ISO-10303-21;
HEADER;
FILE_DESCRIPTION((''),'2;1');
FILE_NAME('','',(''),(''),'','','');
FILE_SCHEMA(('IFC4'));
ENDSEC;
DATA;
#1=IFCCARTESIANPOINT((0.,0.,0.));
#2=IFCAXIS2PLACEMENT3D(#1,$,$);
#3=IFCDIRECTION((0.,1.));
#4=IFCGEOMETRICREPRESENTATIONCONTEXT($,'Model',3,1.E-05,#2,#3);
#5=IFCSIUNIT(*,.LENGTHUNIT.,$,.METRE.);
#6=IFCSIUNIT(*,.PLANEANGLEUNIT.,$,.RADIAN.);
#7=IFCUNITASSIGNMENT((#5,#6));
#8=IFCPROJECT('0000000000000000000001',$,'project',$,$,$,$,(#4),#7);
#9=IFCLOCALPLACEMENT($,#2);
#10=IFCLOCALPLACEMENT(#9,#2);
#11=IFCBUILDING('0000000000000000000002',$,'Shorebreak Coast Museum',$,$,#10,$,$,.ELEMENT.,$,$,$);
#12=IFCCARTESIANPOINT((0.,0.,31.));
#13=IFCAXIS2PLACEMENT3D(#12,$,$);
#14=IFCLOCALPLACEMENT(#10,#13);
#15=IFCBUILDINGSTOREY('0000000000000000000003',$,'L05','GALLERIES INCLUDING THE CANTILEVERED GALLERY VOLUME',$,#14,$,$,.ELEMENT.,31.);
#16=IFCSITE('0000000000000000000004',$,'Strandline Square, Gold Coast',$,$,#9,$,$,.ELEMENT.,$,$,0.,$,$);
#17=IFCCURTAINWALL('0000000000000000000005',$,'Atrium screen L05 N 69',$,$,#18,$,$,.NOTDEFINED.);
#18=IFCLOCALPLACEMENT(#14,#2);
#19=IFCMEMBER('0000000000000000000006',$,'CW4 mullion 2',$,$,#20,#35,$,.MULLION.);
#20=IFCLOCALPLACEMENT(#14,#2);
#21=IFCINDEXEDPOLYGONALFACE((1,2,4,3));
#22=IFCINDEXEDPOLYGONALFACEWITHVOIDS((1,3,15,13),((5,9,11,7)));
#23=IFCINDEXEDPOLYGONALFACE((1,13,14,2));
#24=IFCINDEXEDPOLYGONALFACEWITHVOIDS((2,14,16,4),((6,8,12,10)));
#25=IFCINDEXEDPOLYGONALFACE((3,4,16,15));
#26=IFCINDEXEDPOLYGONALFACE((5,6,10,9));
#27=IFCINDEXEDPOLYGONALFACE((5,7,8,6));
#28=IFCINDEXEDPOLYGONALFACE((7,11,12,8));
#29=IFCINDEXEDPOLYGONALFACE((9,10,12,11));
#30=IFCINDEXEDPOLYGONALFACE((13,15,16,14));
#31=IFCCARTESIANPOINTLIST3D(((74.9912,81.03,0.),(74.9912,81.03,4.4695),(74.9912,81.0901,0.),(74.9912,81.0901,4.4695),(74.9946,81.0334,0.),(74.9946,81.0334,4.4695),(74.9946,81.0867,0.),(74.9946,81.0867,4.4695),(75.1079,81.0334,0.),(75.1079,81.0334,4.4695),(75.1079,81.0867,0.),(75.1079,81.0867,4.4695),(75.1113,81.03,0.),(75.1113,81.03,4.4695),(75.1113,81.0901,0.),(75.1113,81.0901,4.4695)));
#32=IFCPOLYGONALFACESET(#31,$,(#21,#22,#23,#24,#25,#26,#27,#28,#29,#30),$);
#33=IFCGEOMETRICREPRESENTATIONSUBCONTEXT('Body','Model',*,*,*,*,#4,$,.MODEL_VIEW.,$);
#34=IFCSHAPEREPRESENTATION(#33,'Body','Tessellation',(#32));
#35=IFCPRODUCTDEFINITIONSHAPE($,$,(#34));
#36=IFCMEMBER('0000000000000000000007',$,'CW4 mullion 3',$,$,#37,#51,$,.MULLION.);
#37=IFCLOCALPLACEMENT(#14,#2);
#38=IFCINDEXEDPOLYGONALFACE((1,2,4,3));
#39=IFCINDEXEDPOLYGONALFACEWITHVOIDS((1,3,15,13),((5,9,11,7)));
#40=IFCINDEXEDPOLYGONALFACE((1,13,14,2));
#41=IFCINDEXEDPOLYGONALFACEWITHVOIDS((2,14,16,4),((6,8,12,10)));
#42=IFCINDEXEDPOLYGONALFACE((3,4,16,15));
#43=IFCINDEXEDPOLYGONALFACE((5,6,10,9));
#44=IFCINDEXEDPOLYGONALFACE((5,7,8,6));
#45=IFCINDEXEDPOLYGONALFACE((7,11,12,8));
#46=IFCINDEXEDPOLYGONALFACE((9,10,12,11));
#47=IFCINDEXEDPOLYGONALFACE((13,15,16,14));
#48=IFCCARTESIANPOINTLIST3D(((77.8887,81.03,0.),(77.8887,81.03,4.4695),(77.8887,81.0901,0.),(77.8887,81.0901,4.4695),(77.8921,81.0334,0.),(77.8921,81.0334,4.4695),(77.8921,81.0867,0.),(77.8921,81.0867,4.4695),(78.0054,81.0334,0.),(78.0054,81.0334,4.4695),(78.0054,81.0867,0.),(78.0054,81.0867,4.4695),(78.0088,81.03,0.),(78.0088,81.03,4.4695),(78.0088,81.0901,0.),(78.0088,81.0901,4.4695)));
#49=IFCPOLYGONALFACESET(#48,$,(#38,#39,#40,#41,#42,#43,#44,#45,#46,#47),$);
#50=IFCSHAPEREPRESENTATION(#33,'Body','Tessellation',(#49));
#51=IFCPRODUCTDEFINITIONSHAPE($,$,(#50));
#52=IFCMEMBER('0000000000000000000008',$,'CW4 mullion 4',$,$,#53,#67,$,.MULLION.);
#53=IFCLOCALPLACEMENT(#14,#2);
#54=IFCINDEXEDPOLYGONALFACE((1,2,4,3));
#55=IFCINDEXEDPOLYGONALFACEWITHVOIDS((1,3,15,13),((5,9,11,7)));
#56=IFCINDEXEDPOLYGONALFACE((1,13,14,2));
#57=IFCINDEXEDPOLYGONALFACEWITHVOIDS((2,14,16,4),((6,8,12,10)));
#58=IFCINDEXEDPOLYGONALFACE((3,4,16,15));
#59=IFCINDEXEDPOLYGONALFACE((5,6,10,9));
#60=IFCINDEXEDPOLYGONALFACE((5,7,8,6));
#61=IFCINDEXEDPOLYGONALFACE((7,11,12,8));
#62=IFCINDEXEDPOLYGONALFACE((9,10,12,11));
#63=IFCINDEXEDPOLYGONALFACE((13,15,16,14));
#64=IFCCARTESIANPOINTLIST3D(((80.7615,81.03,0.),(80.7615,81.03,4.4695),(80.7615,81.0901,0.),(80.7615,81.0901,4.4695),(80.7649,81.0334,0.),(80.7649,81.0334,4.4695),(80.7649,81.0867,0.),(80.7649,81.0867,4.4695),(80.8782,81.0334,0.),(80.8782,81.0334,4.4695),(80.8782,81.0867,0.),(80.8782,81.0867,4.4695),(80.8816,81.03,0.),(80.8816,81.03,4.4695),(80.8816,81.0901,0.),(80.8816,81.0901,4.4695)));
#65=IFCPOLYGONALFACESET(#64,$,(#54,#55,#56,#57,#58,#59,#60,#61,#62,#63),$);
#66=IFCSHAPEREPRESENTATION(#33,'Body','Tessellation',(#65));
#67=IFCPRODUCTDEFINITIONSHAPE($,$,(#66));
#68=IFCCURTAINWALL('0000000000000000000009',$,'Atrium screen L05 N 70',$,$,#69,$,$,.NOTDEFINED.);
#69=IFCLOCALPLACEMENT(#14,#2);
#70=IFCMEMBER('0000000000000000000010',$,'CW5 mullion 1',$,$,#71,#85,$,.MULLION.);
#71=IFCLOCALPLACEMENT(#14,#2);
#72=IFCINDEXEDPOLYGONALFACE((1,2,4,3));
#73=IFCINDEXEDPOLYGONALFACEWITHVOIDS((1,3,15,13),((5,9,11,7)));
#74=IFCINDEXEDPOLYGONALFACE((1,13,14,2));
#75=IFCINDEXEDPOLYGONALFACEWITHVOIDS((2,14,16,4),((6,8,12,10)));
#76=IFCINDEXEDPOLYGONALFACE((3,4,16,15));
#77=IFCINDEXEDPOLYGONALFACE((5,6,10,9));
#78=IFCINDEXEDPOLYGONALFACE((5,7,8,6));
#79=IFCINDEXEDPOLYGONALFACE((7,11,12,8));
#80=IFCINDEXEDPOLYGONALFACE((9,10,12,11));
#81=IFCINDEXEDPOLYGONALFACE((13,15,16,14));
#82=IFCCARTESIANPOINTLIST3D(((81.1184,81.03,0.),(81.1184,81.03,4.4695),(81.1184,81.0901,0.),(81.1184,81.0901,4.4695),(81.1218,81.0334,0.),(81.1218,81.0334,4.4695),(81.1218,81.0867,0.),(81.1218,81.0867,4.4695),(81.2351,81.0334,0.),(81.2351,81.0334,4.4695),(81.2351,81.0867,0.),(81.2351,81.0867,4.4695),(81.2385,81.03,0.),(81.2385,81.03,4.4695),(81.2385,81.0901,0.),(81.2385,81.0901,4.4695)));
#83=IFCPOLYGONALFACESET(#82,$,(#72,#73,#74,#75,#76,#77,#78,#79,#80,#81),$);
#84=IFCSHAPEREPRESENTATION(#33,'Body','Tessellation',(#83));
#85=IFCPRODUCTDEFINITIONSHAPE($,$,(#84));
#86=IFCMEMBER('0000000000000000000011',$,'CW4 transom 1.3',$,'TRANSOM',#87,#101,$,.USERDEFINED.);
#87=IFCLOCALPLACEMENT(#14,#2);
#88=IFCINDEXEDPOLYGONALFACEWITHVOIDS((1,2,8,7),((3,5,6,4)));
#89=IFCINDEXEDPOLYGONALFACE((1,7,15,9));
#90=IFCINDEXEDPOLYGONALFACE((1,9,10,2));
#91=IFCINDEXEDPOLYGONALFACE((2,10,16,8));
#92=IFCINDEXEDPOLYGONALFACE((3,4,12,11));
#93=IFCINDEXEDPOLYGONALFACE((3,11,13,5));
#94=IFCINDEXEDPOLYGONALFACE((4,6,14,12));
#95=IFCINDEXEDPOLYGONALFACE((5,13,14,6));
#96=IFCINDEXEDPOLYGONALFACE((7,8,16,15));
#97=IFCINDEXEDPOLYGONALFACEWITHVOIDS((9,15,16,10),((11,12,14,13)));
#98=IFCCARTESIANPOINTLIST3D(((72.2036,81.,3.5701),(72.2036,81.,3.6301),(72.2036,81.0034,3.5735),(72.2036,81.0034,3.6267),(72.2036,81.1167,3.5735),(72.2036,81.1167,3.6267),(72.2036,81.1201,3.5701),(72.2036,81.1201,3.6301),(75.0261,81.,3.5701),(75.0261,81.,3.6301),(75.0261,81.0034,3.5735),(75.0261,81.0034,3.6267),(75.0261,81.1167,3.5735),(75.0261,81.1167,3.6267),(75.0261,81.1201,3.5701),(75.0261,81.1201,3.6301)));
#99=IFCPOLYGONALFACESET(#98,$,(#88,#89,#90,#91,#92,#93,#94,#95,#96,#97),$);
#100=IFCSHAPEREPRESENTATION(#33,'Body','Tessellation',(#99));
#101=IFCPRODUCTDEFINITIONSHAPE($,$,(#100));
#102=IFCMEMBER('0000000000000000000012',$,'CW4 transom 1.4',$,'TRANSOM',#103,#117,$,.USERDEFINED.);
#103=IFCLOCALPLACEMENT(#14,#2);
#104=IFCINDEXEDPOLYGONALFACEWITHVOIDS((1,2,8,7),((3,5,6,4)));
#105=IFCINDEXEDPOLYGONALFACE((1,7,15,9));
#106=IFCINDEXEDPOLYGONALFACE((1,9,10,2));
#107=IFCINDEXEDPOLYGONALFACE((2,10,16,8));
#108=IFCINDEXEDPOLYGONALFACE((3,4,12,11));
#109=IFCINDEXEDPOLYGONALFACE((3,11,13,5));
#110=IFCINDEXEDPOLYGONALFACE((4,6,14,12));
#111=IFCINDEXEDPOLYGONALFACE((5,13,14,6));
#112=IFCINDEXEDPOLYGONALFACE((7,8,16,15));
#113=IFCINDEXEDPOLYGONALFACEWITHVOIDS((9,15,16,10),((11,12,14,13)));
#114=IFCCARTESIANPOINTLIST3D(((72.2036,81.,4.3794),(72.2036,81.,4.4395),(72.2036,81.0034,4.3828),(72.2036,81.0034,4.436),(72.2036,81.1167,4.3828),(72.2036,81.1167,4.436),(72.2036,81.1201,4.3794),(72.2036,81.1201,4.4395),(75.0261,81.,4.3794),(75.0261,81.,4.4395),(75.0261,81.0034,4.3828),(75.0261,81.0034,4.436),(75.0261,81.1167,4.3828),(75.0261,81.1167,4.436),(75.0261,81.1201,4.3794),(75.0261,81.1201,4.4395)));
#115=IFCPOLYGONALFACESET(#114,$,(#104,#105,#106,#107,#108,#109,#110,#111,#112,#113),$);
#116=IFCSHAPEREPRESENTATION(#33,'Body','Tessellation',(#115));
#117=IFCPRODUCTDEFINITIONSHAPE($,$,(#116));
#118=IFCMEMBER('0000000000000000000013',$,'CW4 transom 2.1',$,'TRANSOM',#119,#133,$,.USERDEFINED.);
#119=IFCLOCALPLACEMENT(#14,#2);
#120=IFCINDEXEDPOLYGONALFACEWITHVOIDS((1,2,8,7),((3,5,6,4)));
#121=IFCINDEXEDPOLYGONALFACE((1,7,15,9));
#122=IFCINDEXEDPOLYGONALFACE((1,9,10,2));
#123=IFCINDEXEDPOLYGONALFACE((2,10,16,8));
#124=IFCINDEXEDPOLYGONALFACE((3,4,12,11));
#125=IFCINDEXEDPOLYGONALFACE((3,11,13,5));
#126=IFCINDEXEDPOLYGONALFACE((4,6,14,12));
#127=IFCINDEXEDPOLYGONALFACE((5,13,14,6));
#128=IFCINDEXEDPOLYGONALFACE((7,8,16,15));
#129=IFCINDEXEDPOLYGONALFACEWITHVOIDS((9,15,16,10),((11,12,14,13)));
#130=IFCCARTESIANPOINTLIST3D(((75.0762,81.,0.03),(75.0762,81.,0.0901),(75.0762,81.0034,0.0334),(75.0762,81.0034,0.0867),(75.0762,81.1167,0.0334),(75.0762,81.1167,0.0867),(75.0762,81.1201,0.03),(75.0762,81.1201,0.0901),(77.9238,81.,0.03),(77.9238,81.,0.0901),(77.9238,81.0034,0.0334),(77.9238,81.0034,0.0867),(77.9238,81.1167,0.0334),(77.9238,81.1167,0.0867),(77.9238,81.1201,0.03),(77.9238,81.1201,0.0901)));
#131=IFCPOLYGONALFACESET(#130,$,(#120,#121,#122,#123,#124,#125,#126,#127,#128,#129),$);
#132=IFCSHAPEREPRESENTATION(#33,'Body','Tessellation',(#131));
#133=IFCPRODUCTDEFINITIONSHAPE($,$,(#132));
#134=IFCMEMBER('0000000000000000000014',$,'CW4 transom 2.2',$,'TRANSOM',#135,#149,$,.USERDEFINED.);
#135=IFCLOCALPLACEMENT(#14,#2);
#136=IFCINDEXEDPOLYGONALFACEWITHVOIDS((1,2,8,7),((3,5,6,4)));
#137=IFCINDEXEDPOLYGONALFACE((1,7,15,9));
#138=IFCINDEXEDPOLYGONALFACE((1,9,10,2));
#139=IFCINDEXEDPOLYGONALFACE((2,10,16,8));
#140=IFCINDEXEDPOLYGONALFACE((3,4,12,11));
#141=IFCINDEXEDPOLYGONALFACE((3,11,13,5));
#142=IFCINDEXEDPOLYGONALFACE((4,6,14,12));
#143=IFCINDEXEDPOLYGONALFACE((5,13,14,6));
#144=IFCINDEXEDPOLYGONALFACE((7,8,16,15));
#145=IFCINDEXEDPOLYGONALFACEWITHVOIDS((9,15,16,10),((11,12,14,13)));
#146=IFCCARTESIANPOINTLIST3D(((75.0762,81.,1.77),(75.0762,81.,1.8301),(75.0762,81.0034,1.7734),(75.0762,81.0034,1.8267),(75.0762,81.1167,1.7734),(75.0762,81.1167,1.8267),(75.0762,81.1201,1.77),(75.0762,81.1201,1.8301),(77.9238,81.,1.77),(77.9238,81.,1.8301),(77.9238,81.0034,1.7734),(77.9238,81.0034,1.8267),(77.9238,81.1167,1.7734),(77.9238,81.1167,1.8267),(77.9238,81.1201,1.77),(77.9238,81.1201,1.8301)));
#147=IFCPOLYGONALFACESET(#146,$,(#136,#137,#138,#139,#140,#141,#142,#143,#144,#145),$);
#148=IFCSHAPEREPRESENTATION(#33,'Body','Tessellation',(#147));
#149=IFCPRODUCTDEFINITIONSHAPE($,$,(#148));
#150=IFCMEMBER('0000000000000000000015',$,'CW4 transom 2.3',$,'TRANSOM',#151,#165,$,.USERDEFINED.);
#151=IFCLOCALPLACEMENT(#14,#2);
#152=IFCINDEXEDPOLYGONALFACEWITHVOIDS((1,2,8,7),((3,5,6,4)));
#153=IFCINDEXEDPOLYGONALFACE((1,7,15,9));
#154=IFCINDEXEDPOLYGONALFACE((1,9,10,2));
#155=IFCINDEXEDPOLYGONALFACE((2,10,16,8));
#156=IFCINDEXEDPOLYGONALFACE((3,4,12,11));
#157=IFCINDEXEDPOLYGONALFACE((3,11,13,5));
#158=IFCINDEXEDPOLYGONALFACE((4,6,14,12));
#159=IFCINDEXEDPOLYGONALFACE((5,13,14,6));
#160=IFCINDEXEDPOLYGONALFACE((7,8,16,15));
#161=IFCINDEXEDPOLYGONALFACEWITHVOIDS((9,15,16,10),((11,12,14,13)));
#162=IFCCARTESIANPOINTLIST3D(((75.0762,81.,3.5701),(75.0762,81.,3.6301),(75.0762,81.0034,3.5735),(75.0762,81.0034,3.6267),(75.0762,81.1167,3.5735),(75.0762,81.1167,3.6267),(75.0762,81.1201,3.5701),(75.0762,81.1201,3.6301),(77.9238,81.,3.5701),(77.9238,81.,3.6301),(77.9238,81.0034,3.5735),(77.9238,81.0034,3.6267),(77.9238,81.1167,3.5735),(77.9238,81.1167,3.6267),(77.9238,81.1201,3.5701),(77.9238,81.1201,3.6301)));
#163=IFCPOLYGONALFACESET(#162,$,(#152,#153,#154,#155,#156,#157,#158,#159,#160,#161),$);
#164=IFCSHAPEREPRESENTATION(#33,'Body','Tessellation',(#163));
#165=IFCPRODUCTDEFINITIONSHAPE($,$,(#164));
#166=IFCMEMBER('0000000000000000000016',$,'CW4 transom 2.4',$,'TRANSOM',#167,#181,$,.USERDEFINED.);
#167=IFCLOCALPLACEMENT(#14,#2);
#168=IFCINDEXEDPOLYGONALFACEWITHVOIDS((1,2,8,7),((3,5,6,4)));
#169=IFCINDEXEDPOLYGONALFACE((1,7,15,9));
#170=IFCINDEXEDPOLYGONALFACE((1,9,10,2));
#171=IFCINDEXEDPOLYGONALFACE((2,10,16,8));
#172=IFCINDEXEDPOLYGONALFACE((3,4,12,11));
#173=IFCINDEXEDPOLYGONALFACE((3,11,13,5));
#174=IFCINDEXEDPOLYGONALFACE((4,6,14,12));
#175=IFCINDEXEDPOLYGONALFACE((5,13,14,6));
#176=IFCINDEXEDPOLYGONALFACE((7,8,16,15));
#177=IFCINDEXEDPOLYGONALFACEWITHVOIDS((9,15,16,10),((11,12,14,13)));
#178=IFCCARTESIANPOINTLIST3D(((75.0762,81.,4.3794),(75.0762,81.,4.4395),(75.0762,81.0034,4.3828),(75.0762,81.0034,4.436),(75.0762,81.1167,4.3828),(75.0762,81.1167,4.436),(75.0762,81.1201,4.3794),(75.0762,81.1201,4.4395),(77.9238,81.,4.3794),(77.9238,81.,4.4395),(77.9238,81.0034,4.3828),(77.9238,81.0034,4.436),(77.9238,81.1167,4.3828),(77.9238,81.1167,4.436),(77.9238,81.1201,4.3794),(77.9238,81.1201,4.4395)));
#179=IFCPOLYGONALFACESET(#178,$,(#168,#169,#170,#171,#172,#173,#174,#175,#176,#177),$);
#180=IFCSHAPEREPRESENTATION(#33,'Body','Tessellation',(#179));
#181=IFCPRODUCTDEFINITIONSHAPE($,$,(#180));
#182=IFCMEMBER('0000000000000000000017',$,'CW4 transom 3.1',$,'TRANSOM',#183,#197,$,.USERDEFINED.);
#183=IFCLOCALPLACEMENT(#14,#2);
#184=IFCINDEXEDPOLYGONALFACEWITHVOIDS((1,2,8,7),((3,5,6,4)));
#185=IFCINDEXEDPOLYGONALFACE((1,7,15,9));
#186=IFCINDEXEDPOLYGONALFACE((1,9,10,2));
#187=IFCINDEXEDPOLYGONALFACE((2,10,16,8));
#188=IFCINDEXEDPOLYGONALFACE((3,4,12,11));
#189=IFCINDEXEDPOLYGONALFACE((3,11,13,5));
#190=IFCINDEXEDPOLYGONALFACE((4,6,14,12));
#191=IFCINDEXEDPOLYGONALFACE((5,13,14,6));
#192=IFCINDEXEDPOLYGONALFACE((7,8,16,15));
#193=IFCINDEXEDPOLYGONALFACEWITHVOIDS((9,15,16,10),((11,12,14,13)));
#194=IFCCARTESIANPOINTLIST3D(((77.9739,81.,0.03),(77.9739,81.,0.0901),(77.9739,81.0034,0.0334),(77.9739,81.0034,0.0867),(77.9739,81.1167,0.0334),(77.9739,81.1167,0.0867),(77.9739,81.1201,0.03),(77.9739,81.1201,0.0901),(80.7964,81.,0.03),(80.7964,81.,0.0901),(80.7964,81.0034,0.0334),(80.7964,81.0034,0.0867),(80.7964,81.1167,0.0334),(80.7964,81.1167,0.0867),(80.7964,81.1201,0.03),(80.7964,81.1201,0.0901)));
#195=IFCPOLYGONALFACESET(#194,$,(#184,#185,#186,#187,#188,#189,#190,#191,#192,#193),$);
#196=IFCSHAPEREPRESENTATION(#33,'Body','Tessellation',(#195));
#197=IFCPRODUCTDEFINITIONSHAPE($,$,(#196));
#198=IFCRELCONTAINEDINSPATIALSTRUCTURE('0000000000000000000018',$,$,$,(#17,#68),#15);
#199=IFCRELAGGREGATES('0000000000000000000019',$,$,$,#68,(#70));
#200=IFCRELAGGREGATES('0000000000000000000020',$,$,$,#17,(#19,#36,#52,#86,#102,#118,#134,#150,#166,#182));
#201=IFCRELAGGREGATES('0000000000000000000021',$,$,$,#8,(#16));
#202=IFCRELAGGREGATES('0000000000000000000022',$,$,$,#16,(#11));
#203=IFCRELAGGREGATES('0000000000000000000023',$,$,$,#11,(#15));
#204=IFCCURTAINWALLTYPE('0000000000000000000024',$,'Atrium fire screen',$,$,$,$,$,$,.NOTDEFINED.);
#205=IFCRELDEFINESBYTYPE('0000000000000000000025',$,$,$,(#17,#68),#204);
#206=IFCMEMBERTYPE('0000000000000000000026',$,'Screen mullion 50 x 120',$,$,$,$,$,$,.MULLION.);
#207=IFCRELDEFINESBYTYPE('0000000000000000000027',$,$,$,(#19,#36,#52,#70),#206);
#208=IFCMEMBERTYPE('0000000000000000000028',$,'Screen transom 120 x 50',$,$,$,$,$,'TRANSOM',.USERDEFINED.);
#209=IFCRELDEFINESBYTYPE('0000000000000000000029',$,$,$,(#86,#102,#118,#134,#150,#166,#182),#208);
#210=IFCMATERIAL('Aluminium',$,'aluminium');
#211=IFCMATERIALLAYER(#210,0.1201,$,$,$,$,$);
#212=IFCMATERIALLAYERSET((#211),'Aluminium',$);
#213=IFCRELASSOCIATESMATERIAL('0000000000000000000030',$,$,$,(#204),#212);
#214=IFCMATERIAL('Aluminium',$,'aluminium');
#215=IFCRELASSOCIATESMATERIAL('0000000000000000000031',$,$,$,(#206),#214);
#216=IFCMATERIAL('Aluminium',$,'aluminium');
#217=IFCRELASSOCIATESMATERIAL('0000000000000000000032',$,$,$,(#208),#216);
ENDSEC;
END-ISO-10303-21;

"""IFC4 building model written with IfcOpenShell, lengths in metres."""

from ifc_helpers import new_model, si_unit, direction, frame, origin, origin_2d, place, context, subcontext, project, spatial, hollow_rectangle, extrude, material, layer, layer_set, material_profile, profile_set, type_object, element, aggregate, save


model = new_model("IFC4")

# Units and contexts
model_context = context("Model", 3, precision=1e-05, world=origin(), true_north=direction((0.0, 1.0)))
body_context = subcontext(model_context, "Body", "Model", "MODEL_VIEW")
ifc_project = project(units=[si_unit("LENGTHUNIT", "METRE"), si_unit("PLANEANGLEUNIT", "RADIAN")], contexts=[model_context])

# Site, building, storey
site_placement = place(None, origin())
site = spatial("IfcSite", under=ifc_project, at=site_placement, Name="Strandline Square, Gold Coast", CompositionType="ELEMENT", RefElevation=0.0)
building_placement = place(site_placement, origin())
building = spatial("IfcBuilding", under=site, at=building_placement, Name="Shorebreak Coast Museum", CompositionType="ELEMENT")
storey_placement = place(building_placement, frame((0.0, 0.0, 31.0)))
storey = spatial("IfcBuildingStorey", under=building, at=storey_placement, Name="L05", Description="GALLERIES INCLUDING THE CANTILEVERED GALLERY VOLUME", CompositionType="ELEMENT", Elevation=31.0)

# Curtain wall, members
ifc_material_1 = material(Name="Aluminium", Category="aluminium")
ifc_layer_1 = layer(ifc_material_1, 0.1201)
ifc_layer_set_1 = layer_set([ifc_layer_1], Name="Aluminium")
curtain_wall_type = type_object("IfcCurtainWallType", Name="Atrium fire screen", PredefinedType="NOTDEFINED", material=ifc_layer_set_1)
curtain_wall_1_placement = place(storey_placement, origin())
curtain_wall_1 = element("IfcCurtainWall", 1, at=curtain_wall_1_placement, inside=storey, type_object=curtain_wall_type, Name="Atrium screen L05 N 69", PredefinedType="NOTDEFINED")
ifc_material_2 = material(Name="Aluminium", Category="aluminium")
ifc_material_profile_1 = material_profile(ifc_material_2, hollow_rectangle(XDim=0.0601, YDim=0.1201, WallThickness=0.0034, at=origin_2d()), Name="AL 120x60 RHS")
ifc_profile_set_1 = profile_set([ifc_material_profile_1], Name="Aluminium")
member_type_1 = type_object("IfcMemberType", Name="Screen mullion 50 x 120", PredefinedType="MULLION", material=ifc_profile_set_1)
member_1_placement = place(storey_placement, frame((75.0513, 81.0601, 0.0), z_axis=(0.0, 0.0, 1.0), x_axis=(0.0, 1.0, 0.0)))
member_1 = element("IfcMember", 2, at=member_1_placement, type_object=member_type_1, Name="CW4 mullion 2", PredefinedType="MULLION", context=body_context, shape_type="SweptSolid", body=[
    extrude(hollow_rectangle(XDim=0.0601, YDim=0.1201, WallThickness=0.0034, at=origin_2d()), origin(), (0.0, 0.0, 1.0), 4.4695),
])
member_2_placement = place(storey_placement, frame((77.9487, 81.0601, 0.0), z_axis=(0.0, 0.0, 1.0), x_axis=(0.0, 1.0, 0.0)))
member_2 = element("IfcMember", 3, at=member_2_placement, type_object=member_type_1, Name="CW4 mullion 3", PredefinedType="MULLION", context=body_context, shape_type="SweptSolid", body=[
    extrude(hollow_rectangle(XDim=0.0601, YDim=0.1201, WallThickness=0.0034, at=origin_2d()), origin(), (0.0, 0.0, 1.0), 4.4695),
])
member_3_placement = place(storey_placement, frame((80.8215, 81.0601, 0.0), z_axis=(0.0, 0.0, 1.0), x_axis=(0.0, 1.0, 0.0)))
member_3 = element("IfcMember", 4, at=member_3_placement, type_object=member_type_1, Name="CW4 mullion 4", PredefinedType="MULLION", context=body_context, shape_type="SweptSolid", body=[
    extrude(hollow_rectangle(XDim=0.0601, YDim=0.1201, WallThickness=0.0034, at=origin_2d()), origin(), (0.0, 0.0, 1.0), 4.4695),
])

# Curtain wall, member
curtain_wall_2_placement = place(storey_placement, origin())
curtain_wall_2 = element("IfcCurtainWall", 5, at=curtain_wall_2_placement, inside=storey, type_object=curtain_wall_type, Name="Atrium screen L05 N 70", PredefinedType="NOTDEFINED")
member_4_placement = place(storey_placement, frame((81.1785, 81.0601, 0.0), z_axis=(0.0, 0.0, 1.0), x_axis=(0.0, 1.0, 0.0)))
member_4 = element("IfcMember", 6, at=member_4_placement, type_object=member_type_1, Name="CW5 mullion 1", PredefinedType="MULLION", context=body_context, shape_type="SweptSolid", body=[
    extrude(hollow_rectangle(XDim=0.0601, YDim=0.1201, WallThickness=0.0034, at=origin_2d()), origin(), (0.0, 0.0, 1.0), 4.4695),
])

# Members
ifc_material_3 = material(Name="Aluminium", Category="aluminium")
ifc_material_profile_2 = material_profile(ifc_material_3, hollow_rectangle(XDim=0.1201, YDim=0.0601, WallThickness=0.0034, at=origin_2d()), Name="AL 60x120 RHS")
ifc_profile_set_2 = profile_set([ifc_material_profile_2], Name="Aluminium")
member_type_2 = type_object("IfcMemberType", Name="Screen transom 120 x 50", ElementType="TRANSOM", PredefinedType="USERDEFINED", material=ifc_profile_set_2)
member_5_placement = place(storey_placement, frame((72.2036, 81.0601, 3.6001), z_axis=(1.0, 0.0, 0.0), x_axis=(0.0, 1.0, 0.0)))
member_5 = element("IfcMember", 7, at=member_5_placement, type_object=member_type_2, Name="CW4 transom 1.3", ObjectType="TRANSOM", PredefinedType="USERDEFINED", context=body_context, shape_type="SweptSolid", body=[
    extrude(hollow_rectangle(XDim=0.1201, YDim=0.0601, WallThickness=0.0034, at=origin_2d()), origin(), (0.0, 0.0, 1.0), 2.8225),
])
member_6_placement = place(storey_placement, frame((72.2036, 81.0601, 4.4094), z_axis=(1.0, 0.0, 0.0), x_axis=(0.0, 1.0, 0.0)))
member_6 = element("IfcMember", 8, at=member_6_placement, type_object=member_type_2, Name="CW4 transom 1.4", ObjectType="TRANSOM", PredefinedType="USERDEFINED", context=body_context, shape_type="SweptSolid", body=[
    extrude(hollow_rectangle(XDim=0.1201, YDim=0.0601, WallThickness=0.0034, at=origin_2d()), origin(), (0.0, 0.0, 1.0), 2.8225),
])
member_7_placement = place(storey_placement, frame((75.0762, 81.0601, 0.0601), z_axis=(1.0, 0.0, 0.0), x_axis=(0.0, 1.0, 0.0)))
member_7 = element("IfcMember", 9, at=member_7_placement, type_object=member_type_2, Name="CW4 transom 2.1", ObjectType="TRANSOM", PredefinedType="USERDEFINED", context=body_context, shape_type="SweptSolid", body=[
    extrude(hollow_rectangle(XDim=0.1201, YDim=0.0601, WallThickness=0.0034, at=origin_2d()), origin(), (0.0, 0.0, 1.0), 2.8477),
])
member_8_placement = place(storey_placement, frame((75.0762, 81.0601, 1.8), z_axis=(1.0, 0.0, 0.0), x_axis=(0.0, 1.0, 0.0)))
member_8 = element("IfcMember", 10, at=member_8_placement, type_object=member_type_2, Name="CW4 transom 2.2", ObjectType="TRANSOM", PredefinedType="USERDEFINED", context=body_context, shape_type="SweptSolid", body=[
    extrude(hollow_rectangle(XDim=0.1201, YDim=0.0601, WallThickness=0.0034, at=origin_2d()), origin(), (0.0, 0.0, 1.0), 2.8477),
])
member_9_placement = place(storey_placement, frame((75.0762, 81.0601, 3.6001), z_axis=(1.0, 0.0, 0.0), x_axis=(0.0, 1.0, 0.0)))
member_9 = element("IfcMember", 11, at=member_9_placement, type_object=member_type_2, Name="CW4 transom 2.3", ObjectType="TRANSOM", PredefinedType="USERDEFINED", context=body_context, shape_type="SweptSolid", body=[
    extrude(hollow_rectangle(XDim=0.1201, YDim=0.0601, WallThickness=0.0034, at=origin_2d()), origin(), (0.0, 0.0, 1.0), 2.8477),
])
member_10_placement = place(storey_placement, frame((75.0762, 81.0601, 4.4094), z_axis=(1.0, 0.0, 0.0), x_axis=(0.0, 1.0, 0.0)))
member_10 = element("IfcMember", 12, at=member_10_placement, type_object=member_type_2, Name="CW4 transom 2.4", ObjectType="TRANSOM", PredefinedType="USERDEFINED", context=body_context, shape_type="SweptSolid", body=[
    extrude(hollow_rectangle(XDim=0.1201, YDim=0.0601, WallThickness=0.0034, at=origin_2d()), origin(), (0.0, 0.0, 1.0), 2.8477),
])
member_11_placement = place(storey_placement, frame((77.9739, 81.0601, 0.0601), z_axis=(1.0, 0.0, 0.0), x_axis=(0.0, 1.0, 0.0)))
member_11 = element("IfcMember", 13, at=member_11_placement, type_object=member_type_2, Name="CW4 transom 3.1", ObjectType="TRANSOM", PredefinedType="USERDEFINED", context=body_context, shape_type="SweptSolid", body=[
    extrude(hollow_rectangle(XDim=0.1201, YDim=0.0601, WallThickness=0.0034, at=origin_2d()), origin(), (0.0, 0.0, 1.0), 2.8225),
])
aggregate(curtain_wall_2, [member_4])

aggregate(curtain_wall_1, [member_1, member_2, member_3, member_5, member_6, member_7, member_8, member_9, member_10, member_11])

save(model, "model.ifc")
